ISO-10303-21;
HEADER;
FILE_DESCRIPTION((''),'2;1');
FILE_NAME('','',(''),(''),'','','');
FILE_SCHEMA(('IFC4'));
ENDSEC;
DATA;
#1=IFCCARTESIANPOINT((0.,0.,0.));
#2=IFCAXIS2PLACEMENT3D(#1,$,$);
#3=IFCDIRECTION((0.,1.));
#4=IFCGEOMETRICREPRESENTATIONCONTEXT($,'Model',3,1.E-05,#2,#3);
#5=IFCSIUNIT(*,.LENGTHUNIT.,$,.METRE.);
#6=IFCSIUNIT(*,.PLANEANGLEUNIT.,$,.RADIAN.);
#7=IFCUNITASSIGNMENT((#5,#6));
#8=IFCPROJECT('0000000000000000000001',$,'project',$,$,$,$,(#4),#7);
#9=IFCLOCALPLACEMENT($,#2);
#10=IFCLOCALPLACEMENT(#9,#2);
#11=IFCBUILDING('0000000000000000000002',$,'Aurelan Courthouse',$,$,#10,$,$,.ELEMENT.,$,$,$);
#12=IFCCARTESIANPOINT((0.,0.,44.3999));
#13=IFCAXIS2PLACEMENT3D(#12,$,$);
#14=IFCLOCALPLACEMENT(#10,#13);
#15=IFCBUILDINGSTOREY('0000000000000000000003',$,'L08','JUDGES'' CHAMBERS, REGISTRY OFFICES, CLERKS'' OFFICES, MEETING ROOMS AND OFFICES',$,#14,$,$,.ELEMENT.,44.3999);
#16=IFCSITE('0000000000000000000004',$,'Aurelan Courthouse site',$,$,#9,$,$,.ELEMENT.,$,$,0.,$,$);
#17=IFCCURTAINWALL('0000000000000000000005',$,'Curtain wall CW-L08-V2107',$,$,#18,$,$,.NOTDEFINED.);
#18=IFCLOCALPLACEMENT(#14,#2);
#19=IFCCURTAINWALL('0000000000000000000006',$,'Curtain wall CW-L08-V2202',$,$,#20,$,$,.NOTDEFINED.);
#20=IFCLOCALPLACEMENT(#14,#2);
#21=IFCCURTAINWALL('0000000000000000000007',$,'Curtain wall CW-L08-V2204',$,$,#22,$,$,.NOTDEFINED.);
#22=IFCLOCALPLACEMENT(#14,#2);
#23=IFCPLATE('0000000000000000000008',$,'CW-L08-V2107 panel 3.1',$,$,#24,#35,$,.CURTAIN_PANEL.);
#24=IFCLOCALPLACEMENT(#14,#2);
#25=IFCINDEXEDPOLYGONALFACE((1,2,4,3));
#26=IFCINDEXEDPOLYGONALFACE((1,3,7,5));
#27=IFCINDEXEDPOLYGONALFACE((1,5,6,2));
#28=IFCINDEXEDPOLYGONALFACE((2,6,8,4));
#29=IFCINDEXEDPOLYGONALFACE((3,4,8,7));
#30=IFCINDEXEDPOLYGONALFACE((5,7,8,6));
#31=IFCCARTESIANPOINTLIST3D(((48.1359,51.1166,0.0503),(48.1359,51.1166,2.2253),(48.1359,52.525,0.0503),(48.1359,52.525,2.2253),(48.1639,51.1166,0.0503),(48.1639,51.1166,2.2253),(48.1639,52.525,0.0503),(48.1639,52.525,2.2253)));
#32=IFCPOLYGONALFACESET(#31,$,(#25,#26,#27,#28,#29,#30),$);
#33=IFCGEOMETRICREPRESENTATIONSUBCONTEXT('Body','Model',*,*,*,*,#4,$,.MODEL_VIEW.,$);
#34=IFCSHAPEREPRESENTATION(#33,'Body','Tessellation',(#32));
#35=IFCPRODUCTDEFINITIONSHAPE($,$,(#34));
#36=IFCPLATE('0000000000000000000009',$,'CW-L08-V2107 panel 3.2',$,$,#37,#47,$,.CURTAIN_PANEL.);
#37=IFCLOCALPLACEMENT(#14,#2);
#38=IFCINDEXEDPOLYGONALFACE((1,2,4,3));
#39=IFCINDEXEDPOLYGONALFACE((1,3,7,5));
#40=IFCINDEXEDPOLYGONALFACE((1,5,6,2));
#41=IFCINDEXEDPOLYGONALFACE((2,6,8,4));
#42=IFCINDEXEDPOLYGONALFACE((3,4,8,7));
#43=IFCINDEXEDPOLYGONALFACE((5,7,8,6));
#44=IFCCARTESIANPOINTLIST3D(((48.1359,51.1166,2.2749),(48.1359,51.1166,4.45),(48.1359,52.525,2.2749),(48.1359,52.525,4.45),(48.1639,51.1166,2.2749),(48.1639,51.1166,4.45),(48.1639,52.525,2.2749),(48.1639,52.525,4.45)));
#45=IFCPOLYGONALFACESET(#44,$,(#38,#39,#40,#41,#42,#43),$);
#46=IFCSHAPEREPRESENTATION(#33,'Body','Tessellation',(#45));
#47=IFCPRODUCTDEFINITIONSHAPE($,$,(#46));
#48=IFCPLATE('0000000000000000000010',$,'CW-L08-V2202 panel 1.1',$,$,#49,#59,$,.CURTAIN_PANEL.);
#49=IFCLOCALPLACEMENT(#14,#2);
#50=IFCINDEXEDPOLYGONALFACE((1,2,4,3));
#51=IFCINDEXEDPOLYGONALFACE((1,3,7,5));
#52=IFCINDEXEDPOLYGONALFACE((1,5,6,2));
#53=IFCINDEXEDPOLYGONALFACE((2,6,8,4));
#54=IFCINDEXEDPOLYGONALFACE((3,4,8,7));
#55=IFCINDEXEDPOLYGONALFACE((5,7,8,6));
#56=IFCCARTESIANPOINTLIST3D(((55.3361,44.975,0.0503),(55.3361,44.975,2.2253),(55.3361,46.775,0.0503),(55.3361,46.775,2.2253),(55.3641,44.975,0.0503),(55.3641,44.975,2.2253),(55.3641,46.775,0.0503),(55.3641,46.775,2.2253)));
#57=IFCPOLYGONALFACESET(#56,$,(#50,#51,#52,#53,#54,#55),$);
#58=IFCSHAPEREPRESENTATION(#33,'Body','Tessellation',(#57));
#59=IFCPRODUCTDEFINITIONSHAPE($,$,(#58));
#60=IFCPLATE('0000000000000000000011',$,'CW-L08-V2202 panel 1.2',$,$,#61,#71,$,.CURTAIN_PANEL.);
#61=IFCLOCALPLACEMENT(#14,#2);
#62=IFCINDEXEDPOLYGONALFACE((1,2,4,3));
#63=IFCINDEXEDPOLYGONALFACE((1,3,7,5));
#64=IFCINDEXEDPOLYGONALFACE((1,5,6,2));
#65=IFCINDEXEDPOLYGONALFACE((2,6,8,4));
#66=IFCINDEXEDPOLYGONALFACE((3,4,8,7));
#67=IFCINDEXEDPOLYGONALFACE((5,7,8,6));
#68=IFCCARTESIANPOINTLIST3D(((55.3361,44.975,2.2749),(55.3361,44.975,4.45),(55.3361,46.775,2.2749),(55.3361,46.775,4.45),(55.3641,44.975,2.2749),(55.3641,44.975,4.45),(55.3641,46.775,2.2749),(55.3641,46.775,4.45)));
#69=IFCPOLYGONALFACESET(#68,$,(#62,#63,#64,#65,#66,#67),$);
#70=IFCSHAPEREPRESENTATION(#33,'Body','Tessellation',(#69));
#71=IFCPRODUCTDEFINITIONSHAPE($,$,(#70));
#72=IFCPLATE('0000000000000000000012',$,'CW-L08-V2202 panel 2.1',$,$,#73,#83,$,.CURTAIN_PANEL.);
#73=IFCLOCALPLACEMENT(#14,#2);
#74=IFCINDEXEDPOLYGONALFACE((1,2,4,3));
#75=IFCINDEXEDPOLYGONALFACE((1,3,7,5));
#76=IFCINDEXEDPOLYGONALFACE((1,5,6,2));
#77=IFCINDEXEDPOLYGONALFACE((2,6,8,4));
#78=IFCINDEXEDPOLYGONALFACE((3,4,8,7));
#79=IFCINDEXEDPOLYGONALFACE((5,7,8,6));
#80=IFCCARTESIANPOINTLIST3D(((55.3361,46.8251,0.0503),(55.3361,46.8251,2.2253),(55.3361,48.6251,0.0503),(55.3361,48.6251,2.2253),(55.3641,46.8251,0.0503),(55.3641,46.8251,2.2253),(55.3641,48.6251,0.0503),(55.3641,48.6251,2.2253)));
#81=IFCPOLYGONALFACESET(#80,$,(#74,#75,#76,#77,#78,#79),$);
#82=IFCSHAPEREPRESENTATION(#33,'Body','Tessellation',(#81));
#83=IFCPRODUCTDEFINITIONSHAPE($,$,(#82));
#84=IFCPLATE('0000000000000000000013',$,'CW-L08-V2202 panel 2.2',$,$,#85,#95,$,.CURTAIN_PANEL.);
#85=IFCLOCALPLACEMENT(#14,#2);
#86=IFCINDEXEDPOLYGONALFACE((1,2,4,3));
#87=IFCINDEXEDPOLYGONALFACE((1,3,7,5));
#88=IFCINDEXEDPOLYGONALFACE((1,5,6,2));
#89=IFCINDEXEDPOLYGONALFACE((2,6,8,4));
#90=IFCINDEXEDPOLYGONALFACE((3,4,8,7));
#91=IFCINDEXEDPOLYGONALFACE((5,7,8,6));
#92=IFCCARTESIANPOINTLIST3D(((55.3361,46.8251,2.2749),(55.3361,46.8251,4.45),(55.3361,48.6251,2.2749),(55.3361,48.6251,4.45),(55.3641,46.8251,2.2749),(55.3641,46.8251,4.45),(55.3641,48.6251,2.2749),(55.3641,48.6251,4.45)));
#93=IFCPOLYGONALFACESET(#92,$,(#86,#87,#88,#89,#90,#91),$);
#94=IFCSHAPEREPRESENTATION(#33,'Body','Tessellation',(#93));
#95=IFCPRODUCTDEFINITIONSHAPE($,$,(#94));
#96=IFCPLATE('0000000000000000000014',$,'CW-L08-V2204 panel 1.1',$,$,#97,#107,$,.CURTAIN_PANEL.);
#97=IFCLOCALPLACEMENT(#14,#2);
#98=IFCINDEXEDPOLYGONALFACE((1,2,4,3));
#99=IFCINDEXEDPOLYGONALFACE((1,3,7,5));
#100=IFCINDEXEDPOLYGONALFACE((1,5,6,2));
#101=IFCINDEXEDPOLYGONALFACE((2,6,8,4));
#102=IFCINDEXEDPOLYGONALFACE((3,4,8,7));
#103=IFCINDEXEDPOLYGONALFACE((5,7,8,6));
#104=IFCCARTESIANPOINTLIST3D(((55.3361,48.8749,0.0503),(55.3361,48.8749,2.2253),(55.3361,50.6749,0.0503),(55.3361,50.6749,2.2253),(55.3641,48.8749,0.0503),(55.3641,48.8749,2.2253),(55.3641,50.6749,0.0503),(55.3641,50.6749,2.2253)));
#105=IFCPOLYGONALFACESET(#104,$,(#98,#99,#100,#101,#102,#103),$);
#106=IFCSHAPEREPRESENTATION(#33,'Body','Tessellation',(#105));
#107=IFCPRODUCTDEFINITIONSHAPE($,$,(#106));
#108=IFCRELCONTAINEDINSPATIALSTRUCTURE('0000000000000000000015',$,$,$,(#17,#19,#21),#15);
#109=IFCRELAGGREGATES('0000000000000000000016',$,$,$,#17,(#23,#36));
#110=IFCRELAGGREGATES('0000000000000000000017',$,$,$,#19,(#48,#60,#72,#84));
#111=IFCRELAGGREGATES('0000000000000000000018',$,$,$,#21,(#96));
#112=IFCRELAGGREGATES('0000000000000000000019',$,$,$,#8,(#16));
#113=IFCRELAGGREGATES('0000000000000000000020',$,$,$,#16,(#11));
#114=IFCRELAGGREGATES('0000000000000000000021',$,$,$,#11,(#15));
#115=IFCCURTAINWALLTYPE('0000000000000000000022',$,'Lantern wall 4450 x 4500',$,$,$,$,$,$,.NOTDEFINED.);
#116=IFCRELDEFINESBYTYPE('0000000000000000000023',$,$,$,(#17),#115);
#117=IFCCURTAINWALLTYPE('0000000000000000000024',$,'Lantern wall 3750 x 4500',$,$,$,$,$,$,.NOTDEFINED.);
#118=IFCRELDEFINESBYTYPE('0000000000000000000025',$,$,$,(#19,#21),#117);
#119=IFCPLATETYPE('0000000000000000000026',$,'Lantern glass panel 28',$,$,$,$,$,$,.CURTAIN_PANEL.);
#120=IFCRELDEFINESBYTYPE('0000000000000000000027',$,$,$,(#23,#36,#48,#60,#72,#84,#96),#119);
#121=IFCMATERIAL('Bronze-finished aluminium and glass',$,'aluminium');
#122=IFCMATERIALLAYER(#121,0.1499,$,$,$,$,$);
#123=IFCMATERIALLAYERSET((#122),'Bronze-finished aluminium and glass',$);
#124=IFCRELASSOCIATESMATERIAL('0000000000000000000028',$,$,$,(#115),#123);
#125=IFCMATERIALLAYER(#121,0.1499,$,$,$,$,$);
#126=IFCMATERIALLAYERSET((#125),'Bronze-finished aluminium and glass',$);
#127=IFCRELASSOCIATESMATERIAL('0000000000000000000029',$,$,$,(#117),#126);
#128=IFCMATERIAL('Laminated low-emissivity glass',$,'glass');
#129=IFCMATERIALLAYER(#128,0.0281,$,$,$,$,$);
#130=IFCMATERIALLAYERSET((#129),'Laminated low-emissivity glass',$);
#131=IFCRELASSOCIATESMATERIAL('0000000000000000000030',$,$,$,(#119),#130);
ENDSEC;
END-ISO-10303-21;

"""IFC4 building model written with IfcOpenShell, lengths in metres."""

from ifc_helpers import new_model, si_unit, direction, frame, origin, origin_2d, place, context, subcontext, project, spatial, rectangle, extrude, material, layer, layer_set, type_object, element, aggregate, save


model = new_model("IFC4")

# Units and contexts
model_context = context("Model", 3, precision=1e-05, world=origin(), true_north=direction((0.0, 1.0)))
body_context = subcontext(model_context, "Body", "Model", "MODEL_VIEW")
ifc_project = project(units=[si_unit("LENGTHUNIT", "METRE"), si_unit("PLANEANGLEUNIT", "RADIAN")], contexts=[model_context])

# Site, building, storey
site_placement = place(None, origin())
site = spatial("IfcSite", under=ifc_project, at=site_placement, Name="Aurelan Courthouse site", CompositionType="ELEMENT", RefElevation=0.0)
building_placement = place(site_placement, origin())
building = spatial("IfcBuilding", under=site, at=building_placement, Name="Aurelan Courthouse", CompositionType="ELEMENT")
storey_placement = place(building_placement, frame((0.0, 0.0, 44.3999)))
storey = spatial("IfcBuildingStorey", under=building, at=storey_placement, Name="L08", Description="JUDGES' CHAMBERS, REGISTRY OFFICES, CLERKS' OFFICES, MEETING ROOMS AND OFFICES", CompositionType="ELEMENT", Elevation=44.3999)

# Curtain walls
ifc_material_1 = material(Name="Bronze-finished aluminium and glass", Category="aluminium")
ifc_layer_1 = layer(ifc_material_1, 0.1499)
ifc_layer_set_1 = layer_set([ifc_layer_1], Name="Bronze-finished aluminium and glass")
curtain_wall_type_1 = type_object("IfcCurtainWallType", Name="Lantern wall 4450 x 4500", PredefinedType="NOTDEFINED", material=ifc_layer_set_1)
curtain_wall_1_placement = place(storey_placement, origin())
curtain_wall_1 = element("IfcCurtainWall", 1, at=curtain_wall_1_placement, inside=storey, type_object=curtain_wall_type_1, Name="Curtain wall CW-L08-V2107", PredefinedType="NOTDEFINED")
ifc_layer_2 = layer(ifc_material_1, 0.1499)
ifc_layer_set_2 = layer_set([ifc_layer_2], Name="Bronze-finished aluminium and glass")
curtain_wall_type_2 = type_object("IfcCurtainWallType", Name="Lantern wall 3750 x 4500", PredefinedType="NOTDEFINED", material=ifc_layer_set_2)
curtain_wall_2_placement = place(storey_placement, origin())
curtain_wall_2 = element("IfcCurtainWall", 2, at=curtain_wall_2_placement, inside=storey, type_object=curtain_wall_type_2, Name="Curtain wall CW-L08-V2202", PredefinedType="NOTDEFINED")

# Curtain wall
curtain_wall_3_placement = place(storey_placement, origin())
curtain_wall_3 = element("IfcCurtainWall", 3, at=curtain_wall_3_placement, inside=storey, type_object=curtain_wall_type_2, Name="Curtain wall CW-L08-V2204", PredefinedType="NOTDEFINED")

# Plates
ifc_material_2 = material(Name="Laminated low-emissivity glass", Category="glass")
ifc_layer_3 = layer(ifc_material_2, 0.0281)
ifc_layer_set_3 = layer_set([ifc_layer_3], Name="Laminated low-emissivity glass")
plate_type = type_object("IfcPlateType", Name="Lantern glass panel 28", PredefinedType="CURTAIN_PANEL", material=ifc_layer_set_3)
plate_1_placement = place(storey_placement, frame((48.1499, 51.8208, 0.0503), z_axis=(0.0, 0.0, 1.0), x_axis=(0.0, 1.0, 0.0)))
plate_1 = element("IfcPlate", 4, at=plate_1_placement, type_object=plate_type, Name="CW-L08-V2107 panel 3.1", PredefinedType="CURTAIN_PANEL", context=body_context, shape_type="SweptSolid", body=[
    extrude(rectangle(XDim=1.4084, YDim=0.0281, at=origin_2d()), origin(), (0.0, 0.0, 1.0), 2.175),
])
plate_2_placement = place(storey_placement, frame((48.1499, 51.8208, 2.2749), z_axis=(0.0, 0.0, 1.0), x_axis=(0.0, 1.0, 0.0)))
plate_2 = element("IfcPlate", 5, at=plate_2_placement, type_object=plate_type, Name="CW-L08-V2107 panel 3.2", PredefinedType="CURTAIN_PANEL", context=body_context, shape_type="SweptSolid", body=[
    extrude(rectangle(XDim=1.4084, YDim=0.0281, at=origin_2d()), origin(), (0.0, 0.0, 1.0), 2.175),
])
aggregate(curtain_wall_1, [plate_1, plate_2])
plate_3_placement = place(storey_placement, frame((55.3501, 45.875, 0.0503), z_axis=(0.0, 0.0, 1.0), x_axis=(0.0, 1.0, 0.0)))
plate_3 = element("IfcPlate", 6, at=plate_3_placement, type_object=plate_type, Name="CW-L08-V2202 panel 1.1", PredefinedType="CURTAIN_PANEL", context=body_context, shape_type="SweptSolid", body=[
    extrude(rectangle(XDim=1.8, YDim=0.0281, at=origin_2d()), origin(), (0.0, 0.0, 1.0), 2.175),
])
plate_4_placement = place(storey_placement, frame((55.3501, 45.875, 2.2749), z_axis=(0.0, 0.0, 1.0), x_axis=(0.0, 1.0, 0.0)))
plate_4 = element("IfcPlate", 7, at=plate_4_placement, type_object=plate_type, Name="CW-L08-V2202 panel 1.2", PredefinedType="CURTAIN_PANEL", context=body_context, shape_type="SweptSolid", body=[
    extrude(rectangle(XDim=1.8, YDim=0.0281, at=origin_2d()), origin(), (0.0, 0.0, 1.0), 2.175),
])
plate_5_placement = place(storey_placement, frame((55.3501, 47.7251, 0.0503), z_axis=(0.0, 0.0, 1.0), x_axis=(0.0, 1.0, 0.0)))
plate_5 = element("IfcPlate", 8, at=plate_5_placement, type_object=plate_type, Name="CW-L08-V2202 panel 2.1", PredefinedType="CURTAIN_PANEL", context=body_context, shape_type="SweptSolid", body=[
    extrude(rectangle(XDim=1.8, YDim=0.0281, at=origin_2d()), origin(), (0.0, 0.0, 1.0), 2.175),
])
plate_6_placement = place(storey_placement, frame((55.3501, 47.7251, 2.2749), z_axis=(0.0, 0.0, 1.0), x_axis=(0.0, 1.0, 0.0)))
plate_6 = element("IfcPlate", 9, at=plate_6_placement, type_object=plate_type, Name="CW-L08-V2202 panel 2.2", PredefinedType="CURTAIN_PANEL", context=body_context, shape_type="SweptSolid", body=[
    extrude(rectangle(XDim=1.8, YDim=0.0281, at=origin_2d()), origin(), (0.0, 0.0, 1.0), 2.175),
])
aggregate(curtain_wall_2, [plate_3, plate_4, plate_5, plate_6])
plate_7_placement = place(storey_placement, frame((55.3501, 49.7749, 0.0503), z_axis=(0.0, 0.0, 1.0), x_axis=(0.0, 1.0, 0.0)))
plate_7 = element("IfcPlate", 10, at=plate_7_placement, type_object=plate_type, Name="CW-L08-V2204 panel 1.1", PredefinedType="CURTAIN_PANEL", context=body_context, shape_type="SweptSolid", body=[
    extrude(rectangle(XDim=1.8, YDim=0.0281, at=origin_2d()), origin(), (0.0, 0.0, 1.0), 2.175),
])
aggregate(curtain_wall_3, [plate_7])

save(model, "model.ifc")
